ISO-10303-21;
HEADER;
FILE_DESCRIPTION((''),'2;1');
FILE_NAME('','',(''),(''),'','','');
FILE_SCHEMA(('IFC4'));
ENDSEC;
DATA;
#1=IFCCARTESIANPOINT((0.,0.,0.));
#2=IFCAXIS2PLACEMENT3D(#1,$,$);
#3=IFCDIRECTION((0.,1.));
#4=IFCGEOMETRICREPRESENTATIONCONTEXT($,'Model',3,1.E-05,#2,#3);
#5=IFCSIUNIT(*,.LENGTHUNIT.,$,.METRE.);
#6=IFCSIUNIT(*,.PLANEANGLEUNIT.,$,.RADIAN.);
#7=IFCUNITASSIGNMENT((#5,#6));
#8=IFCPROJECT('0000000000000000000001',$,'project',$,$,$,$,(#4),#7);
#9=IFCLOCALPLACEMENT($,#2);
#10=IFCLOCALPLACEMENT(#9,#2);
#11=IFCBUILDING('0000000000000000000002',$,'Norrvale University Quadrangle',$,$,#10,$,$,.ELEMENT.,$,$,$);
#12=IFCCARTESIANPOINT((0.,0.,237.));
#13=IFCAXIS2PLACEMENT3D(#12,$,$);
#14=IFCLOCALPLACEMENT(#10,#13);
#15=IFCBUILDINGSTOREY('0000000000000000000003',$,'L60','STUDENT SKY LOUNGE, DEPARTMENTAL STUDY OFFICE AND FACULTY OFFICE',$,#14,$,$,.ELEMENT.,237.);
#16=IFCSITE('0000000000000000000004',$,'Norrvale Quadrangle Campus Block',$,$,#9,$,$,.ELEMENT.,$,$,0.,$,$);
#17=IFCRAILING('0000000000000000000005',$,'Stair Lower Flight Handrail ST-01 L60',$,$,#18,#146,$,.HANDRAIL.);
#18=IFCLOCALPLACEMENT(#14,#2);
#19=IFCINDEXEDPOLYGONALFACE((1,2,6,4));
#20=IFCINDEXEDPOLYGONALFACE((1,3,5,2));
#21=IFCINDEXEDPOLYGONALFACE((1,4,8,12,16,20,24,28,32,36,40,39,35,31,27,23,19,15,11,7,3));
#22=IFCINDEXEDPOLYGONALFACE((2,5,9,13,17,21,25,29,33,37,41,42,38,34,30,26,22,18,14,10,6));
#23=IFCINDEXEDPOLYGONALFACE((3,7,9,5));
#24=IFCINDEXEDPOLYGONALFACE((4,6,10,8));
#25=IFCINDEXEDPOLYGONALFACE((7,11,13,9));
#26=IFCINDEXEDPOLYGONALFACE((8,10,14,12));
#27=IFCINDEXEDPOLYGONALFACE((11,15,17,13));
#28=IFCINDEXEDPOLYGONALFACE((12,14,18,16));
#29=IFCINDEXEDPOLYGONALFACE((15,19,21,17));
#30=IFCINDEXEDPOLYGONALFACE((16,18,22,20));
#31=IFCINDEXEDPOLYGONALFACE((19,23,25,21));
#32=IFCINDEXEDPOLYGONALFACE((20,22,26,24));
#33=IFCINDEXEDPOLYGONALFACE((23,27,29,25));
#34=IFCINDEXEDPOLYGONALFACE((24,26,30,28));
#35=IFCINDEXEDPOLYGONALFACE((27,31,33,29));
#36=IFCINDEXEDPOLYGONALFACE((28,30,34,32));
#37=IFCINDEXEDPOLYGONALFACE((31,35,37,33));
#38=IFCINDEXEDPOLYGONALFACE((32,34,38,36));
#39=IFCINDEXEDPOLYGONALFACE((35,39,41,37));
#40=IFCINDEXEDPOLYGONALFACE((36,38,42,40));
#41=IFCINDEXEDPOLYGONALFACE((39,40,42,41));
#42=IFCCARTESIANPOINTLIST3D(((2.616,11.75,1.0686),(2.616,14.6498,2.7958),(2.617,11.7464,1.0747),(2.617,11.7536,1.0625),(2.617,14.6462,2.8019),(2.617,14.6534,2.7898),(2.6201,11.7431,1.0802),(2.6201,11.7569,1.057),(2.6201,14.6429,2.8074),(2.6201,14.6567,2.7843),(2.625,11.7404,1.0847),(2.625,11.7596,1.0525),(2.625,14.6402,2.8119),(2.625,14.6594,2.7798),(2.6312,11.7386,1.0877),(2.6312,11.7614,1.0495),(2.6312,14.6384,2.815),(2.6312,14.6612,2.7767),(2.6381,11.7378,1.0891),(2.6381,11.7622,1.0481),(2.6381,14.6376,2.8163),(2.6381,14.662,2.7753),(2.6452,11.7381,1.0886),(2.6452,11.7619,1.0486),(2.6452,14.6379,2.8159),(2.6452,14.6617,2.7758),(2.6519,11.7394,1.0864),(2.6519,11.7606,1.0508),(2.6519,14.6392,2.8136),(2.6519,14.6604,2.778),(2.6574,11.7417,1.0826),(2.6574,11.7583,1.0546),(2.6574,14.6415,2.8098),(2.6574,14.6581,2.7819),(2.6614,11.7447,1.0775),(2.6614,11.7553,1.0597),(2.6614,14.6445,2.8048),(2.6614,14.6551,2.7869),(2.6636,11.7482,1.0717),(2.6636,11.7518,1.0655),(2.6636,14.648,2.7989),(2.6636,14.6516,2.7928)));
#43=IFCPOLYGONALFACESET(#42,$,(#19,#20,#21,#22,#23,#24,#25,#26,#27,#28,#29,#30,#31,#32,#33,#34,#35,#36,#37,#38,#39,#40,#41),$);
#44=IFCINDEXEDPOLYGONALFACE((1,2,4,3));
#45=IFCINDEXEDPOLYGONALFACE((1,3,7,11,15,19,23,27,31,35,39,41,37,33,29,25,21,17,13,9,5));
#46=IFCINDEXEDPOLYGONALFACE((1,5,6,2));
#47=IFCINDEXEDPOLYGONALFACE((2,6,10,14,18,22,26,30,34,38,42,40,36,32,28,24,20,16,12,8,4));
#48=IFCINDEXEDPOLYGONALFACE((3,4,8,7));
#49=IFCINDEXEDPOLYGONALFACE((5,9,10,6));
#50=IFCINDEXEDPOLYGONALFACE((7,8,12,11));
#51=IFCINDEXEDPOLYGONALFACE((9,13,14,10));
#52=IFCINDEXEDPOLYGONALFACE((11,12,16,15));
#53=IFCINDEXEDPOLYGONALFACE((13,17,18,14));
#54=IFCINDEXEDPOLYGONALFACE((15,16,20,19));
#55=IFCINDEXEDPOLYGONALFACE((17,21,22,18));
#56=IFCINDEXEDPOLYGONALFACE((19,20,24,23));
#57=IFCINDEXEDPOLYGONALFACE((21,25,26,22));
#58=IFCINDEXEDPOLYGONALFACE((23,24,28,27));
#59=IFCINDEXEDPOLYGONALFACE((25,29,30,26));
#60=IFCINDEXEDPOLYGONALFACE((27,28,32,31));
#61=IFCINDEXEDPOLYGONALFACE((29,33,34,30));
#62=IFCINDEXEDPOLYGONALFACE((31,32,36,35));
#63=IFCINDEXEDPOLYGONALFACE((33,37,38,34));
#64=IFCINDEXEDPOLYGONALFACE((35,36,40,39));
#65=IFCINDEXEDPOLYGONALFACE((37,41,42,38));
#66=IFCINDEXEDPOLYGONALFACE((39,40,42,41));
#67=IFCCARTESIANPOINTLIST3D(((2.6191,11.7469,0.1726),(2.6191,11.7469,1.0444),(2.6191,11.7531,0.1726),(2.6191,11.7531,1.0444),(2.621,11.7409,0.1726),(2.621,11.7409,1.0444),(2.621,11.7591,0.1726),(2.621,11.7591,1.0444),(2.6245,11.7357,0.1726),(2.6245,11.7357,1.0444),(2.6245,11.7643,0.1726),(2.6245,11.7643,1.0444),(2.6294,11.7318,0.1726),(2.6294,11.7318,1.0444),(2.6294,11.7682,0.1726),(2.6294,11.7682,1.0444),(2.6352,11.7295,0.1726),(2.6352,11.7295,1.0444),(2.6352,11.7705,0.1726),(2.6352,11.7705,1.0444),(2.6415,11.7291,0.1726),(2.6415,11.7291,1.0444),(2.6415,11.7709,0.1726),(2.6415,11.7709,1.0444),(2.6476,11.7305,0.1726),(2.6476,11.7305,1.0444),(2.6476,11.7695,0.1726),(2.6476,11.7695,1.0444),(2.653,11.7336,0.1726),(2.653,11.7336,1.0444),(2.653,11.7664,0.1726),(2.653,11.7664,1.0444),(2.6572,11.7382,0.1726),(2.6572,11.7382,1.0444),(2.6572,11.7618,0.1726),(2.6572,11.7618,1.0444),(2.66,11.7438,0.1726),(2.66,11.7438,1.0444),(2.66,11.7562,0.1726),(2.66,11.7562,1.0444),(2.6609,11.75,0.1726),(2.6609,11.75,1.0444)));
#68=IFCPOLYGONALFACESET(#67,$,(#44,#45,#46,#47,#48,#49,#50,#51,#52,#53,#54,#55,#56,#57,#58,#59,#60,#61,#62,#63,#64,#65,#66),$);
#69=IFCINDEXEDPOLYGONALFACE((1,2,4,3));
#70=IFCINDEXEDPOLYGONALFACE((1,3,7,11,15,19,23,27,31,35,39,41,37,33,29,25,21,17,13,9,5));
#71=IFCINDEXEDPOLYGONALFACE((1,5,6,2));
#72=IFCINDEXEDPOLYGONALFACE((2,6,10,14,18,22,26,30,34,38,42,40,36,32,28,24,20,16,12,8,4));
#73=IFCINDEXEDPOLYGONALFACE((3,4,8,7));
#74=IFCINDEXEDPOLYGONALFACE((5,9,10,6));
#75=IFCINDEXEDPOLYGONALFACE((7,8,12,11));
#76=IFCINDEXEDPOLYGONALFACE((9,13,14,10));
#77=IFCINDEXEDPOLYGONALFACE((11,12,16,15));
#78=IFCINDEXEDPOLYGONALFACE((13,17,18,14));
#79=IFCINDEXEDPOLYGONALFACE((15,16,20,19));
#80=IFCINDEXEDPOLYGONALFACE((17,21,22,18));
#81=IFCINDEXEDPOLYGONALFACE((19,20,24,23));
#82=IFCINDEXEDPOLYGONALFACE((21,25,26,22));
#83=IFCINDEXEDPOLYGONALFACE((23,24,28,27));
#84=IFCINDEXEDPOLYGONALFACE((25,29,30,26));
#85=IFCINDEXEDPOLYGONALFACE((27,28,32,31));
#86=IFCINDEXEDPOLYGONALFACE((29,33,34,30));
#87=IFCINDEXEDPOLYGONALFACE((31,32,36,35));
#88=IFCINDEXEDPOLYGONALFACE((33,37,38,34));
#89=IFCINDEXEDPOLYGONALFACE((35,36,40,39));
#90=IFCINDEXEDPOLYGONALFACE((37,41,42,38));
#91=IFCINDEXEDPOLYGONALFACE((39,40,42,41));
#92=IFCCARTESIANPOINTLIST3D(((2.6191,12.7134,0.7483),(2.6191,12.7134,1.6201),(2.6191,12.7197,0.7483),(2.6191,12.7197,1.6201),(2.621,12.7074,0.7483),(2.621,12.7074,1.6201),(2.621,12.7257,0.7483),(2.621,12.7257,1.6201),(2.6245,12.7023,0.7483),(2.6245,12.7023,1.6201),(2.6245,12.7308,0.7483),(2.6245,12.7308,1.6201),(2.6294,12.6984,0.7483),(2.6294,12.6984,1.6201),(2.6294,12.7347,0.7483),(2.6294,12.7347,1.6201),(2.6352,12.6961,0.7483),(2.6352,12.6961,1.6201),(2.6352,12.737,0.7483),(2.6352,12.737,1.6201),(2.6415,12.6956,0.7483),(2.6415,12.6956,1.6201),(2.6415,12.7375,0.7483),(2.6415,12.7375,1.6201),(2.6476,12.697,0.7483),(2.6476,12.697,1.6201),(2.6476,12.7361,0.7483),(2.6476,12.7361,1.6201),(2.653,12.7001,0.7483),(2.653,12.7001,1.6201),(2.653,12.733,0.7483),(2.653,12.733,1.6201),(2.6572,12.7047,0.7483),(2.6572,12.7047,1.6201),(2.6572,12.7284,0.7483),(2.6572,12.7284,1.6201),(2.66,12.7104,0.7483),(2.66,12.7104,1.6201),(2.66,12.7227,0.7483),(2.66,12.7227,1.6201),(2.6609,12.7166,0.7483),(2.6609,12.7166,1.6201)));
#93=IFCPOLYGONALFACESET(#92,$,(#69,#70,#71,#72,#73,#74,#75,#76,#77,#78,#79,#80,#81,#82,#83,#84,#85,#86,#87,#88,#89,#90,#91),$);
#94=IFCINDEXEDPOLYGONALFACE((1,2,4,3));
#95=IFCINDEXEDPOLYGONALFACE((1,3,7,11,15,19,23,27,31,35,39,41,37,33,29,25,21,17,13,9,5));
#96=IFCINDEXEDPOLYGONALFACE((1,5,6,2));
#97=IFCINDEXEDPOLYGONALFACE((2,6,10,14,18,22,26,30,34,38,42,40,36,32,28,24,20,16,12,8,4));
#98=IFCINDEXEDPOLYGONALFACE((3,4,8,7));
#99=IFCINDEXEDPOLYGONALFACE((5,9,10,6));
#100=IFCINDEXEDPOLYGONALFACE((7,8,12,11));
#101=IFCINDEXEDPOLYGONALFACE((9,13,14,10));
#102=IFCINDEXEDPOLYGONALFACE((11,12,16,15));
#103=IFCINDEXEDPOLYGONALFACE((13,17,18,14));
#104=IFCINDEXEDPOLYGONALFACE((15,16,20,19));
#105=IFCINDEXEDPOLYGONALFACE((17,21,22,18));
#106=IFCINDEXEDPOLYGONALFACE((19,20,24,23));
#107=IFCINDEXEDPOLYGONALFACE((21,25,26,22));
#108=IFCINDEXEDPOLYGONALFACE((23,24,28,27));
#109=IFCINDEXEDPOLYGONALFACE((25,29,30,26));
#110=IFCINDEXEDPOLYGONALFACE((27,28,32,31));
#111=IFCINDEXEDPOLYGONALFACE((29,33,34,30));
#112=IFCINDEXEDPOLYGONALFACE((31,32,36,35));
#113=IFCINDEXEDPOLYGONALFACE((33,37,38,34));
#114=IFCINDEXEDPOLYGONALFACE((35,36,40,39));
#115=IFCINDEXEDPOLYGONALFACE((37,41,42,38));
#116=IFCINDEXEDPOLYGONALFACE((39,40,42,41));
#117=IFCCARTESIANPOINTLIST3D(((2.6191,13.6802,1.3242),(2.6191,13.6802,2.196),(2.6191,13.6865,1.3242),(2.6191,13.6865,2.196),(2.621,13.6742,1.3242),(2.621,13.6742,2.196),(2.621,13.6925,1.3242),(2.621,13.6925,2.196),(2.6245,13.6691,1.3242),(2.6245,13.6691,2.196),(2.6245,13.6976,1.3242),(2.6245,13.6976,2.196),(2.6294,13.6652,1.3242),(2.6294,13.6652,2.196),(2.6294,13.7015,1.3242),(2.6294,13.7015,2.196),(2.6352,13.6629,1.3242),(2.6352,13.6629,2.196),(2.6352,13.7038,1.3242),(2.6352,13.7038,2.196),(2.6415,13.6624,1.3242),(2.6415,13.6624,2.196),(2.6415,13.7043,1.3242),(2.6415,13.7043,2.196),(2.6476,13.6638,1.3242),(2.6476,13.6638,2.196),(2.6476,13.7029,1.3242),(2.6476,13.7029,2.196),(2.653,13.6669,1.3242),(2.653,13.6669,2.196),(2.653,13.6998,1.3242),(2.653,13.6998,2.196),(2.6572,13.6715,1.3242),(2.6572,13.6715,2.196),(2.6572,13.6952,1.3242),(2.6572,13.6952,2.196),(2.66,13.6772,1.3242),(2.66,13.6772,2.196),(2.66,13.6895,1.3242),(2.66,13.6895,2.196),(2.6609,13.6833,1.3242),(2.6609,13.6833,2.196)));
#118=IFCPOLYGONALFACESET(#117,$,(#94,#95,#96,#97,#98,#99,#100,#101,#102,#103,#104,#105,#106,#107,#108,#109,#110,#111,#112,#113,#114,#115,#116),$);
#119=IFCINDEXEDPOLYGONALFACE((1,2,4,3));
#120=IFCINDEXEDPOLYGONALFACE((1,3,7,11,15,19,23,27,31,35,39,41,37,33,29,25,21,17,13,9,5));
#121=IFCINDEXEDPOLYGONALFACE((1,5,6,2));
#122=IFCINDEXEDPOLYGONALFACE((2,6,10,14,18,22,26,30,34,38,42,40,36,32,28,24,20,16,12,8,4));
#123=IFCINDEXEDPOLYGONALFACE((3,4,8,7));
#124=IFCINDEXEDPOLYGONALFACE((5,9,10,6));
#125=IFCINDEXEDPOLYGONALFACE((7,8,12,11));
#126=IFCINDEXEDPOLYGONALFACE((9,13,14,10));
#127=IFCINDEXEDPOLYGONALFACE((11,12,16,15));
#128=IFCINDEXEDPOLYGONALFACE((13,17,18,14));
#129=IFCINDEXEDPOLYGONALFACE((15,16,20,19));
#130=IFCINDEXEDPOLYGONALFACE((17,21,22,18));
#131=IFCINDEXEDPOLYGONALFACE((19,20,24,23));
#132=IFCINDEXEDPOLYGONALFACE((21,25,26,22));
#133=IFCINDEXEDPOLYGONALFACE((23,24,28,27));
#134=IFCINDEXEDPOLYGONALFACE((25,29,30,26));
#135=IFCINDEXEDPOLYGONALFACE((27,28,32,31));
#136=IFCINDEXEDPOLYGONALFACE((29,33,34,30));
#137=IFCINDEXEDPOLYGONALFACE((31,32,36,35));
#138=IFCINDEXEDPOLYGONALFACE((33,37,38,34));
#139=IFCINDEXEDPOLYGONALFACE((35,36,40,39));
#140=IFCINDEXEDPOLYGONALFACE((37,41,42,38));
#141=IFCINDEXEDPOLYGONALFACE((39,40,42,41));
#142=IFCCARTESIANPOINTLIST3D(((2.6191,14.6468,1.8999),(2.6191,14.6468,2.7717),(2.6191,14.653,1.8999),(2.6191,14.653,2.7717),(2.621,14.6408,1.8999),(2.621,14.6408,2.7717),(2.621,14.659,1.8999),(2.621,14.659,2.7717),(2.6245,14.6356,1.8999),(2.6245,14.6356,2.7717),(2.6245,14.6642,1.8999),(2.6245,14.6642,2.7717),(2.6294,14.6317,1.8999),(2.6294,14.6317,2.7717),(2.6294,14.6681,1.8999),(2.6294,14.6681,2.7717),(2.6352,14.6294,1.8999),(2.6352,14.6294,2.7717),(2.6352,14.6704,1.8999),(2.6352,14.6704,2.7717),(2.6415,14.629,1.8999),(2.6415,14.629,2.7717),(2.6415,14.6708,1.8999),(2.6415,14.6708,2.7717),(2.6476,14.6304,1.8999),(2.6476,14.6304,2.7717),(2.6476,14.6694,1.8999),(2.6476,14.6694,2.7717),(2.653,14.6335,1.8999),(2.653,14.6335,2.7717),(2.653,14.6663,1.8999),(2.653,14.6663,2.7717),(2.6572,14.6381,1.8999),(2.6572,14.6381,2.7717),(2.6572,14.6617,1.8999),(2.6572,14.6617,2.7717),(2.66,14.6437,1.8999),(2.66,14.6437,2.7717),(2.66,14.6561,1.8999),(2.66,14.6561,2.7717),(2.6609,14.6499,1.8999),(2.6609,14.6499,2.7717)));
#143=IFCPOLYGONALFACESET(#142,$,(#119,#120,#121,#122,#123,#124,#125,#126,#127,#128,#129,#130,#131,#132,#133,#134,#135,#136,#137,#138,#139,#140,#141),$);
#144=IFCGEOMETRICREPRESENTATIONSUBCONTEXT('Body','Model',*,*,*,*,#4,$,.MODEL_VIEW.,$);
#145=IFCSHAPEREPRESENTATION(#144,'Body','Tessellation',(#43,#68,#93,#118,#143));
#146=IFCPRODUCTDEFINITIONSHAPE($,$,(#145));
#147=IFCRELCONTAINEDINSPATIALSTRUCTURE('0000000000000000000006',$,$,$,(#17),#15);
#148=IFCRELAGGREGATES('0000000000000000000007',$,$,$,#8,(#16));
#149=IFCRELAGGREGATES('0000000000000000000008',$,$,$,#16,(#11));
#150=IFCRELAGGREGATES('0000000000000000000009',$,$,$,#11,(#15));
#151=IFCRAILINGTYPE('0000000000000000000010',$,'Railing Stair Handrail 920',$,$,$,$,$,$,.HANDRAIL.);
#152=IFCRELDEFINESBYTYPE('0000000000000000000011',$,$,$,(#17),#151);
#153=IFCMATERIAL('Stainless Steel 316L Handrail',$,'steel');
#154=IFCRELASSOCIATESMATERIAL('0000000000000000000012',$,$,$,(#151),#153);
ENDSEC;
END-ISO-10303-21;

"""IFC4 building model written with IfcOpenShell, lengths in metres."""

from ifc_helpers import new_model, si_unit, direction, frame, origin, origin_2d, place, context, subcontext, project, spatial, circle, extrude, material, type_object, element, save


model = new_model("IFC4")

# Units and contexts
model_context = context("Model", 3, precision=1e-05, world=origin(), true_north=direction((0.0, 1.0)))
body_context = subcontext(model_context, "Body", "Model", "MODEL_VIEW")
ifc_project = project(units=[si_unit("LENGTHUNIT", "METRE"), si_unit("PLANEANGLEUNIT", "RADIAN")], contexts=[model_context])

# Site, building, storey
site_placement = place(None, origin())
site = spatial("IfcSite", under=ifc_project, at=site_placement, Name="Norrvale Quadrangle Campus Block", CompositionType="ELEMENT", RefElevation=0.0)
building_placement = place(site_placement, origin())
building = spatial("IfcBuilding", under=site, at=building_placement, Name="Norrvale University Quadrangle", CompositionType="ELEMENT")
storey_placement = place(building_placement, frame((0.0, 0.0, 237.0)))
storey = spatial("IfcBuildingStorey", under=building, at=storey_placement, Name="L60", Description="STUDENT SKY LOUNGE, DEPARTMENTAL STUDY OFFICE AND FACULTY OFFICE", CompositionType="ELEMENT", Elevation=237.0)

# Railing
ifc_material_1 = material(Name="Stainless Steel 316L Handrail", Category="steel")
railing_type_1 = type_object("IfcRailingType", Name="Railing Stair Handrail 920", PredefinedType="HANDRAIL", material=ifc_material_1)
railing_1_placement = place(storey_placement, frame((2.6399, 11.75, 0.1726)))
element("IfcRailing", 1, at=railing_1_placement, inside=storey, type_object=railing_type_1, Name="Stair Lower Flight Handrail ST-01 L60", PredefinedType="HANDRAIL", context=body_context, shape_type="SweptSolid", body=[
    extrude(circle(Radius=0.0239, at=origin_2d()), frame((0.0, 0.0, 0.896), z_axis=(0.0, 0.859141, 0.511738), x_axis=(-1.0, 0.0, 0.0)), (0.0, 0.0, 1.0), 3.3752),
    extrude(circle(Radius=0.021, at=origin_2d()), origin(), (0.0, 0.0, 1.0), 0.8718),
    extrude(circle(Radius=0.021, at=origin_2d()), frame((0.0, 0.9666, 0.5757)), (0.0, 0.0, 1.0), 0.8718),
    extrude(circle(Radius=0.021, at=origin_2d()), frame((0.0, 1.9333, 1.1516)), (0.0, 0.0, 1.0), 0.8718),
    extrude(circle(Radius=0.021, at=origin_2d()), frame((0.0, 2.8999, 1.7273)), (0.0, 0.0, 1.0), 0.8718),
])

save(model, "model.ifc")
